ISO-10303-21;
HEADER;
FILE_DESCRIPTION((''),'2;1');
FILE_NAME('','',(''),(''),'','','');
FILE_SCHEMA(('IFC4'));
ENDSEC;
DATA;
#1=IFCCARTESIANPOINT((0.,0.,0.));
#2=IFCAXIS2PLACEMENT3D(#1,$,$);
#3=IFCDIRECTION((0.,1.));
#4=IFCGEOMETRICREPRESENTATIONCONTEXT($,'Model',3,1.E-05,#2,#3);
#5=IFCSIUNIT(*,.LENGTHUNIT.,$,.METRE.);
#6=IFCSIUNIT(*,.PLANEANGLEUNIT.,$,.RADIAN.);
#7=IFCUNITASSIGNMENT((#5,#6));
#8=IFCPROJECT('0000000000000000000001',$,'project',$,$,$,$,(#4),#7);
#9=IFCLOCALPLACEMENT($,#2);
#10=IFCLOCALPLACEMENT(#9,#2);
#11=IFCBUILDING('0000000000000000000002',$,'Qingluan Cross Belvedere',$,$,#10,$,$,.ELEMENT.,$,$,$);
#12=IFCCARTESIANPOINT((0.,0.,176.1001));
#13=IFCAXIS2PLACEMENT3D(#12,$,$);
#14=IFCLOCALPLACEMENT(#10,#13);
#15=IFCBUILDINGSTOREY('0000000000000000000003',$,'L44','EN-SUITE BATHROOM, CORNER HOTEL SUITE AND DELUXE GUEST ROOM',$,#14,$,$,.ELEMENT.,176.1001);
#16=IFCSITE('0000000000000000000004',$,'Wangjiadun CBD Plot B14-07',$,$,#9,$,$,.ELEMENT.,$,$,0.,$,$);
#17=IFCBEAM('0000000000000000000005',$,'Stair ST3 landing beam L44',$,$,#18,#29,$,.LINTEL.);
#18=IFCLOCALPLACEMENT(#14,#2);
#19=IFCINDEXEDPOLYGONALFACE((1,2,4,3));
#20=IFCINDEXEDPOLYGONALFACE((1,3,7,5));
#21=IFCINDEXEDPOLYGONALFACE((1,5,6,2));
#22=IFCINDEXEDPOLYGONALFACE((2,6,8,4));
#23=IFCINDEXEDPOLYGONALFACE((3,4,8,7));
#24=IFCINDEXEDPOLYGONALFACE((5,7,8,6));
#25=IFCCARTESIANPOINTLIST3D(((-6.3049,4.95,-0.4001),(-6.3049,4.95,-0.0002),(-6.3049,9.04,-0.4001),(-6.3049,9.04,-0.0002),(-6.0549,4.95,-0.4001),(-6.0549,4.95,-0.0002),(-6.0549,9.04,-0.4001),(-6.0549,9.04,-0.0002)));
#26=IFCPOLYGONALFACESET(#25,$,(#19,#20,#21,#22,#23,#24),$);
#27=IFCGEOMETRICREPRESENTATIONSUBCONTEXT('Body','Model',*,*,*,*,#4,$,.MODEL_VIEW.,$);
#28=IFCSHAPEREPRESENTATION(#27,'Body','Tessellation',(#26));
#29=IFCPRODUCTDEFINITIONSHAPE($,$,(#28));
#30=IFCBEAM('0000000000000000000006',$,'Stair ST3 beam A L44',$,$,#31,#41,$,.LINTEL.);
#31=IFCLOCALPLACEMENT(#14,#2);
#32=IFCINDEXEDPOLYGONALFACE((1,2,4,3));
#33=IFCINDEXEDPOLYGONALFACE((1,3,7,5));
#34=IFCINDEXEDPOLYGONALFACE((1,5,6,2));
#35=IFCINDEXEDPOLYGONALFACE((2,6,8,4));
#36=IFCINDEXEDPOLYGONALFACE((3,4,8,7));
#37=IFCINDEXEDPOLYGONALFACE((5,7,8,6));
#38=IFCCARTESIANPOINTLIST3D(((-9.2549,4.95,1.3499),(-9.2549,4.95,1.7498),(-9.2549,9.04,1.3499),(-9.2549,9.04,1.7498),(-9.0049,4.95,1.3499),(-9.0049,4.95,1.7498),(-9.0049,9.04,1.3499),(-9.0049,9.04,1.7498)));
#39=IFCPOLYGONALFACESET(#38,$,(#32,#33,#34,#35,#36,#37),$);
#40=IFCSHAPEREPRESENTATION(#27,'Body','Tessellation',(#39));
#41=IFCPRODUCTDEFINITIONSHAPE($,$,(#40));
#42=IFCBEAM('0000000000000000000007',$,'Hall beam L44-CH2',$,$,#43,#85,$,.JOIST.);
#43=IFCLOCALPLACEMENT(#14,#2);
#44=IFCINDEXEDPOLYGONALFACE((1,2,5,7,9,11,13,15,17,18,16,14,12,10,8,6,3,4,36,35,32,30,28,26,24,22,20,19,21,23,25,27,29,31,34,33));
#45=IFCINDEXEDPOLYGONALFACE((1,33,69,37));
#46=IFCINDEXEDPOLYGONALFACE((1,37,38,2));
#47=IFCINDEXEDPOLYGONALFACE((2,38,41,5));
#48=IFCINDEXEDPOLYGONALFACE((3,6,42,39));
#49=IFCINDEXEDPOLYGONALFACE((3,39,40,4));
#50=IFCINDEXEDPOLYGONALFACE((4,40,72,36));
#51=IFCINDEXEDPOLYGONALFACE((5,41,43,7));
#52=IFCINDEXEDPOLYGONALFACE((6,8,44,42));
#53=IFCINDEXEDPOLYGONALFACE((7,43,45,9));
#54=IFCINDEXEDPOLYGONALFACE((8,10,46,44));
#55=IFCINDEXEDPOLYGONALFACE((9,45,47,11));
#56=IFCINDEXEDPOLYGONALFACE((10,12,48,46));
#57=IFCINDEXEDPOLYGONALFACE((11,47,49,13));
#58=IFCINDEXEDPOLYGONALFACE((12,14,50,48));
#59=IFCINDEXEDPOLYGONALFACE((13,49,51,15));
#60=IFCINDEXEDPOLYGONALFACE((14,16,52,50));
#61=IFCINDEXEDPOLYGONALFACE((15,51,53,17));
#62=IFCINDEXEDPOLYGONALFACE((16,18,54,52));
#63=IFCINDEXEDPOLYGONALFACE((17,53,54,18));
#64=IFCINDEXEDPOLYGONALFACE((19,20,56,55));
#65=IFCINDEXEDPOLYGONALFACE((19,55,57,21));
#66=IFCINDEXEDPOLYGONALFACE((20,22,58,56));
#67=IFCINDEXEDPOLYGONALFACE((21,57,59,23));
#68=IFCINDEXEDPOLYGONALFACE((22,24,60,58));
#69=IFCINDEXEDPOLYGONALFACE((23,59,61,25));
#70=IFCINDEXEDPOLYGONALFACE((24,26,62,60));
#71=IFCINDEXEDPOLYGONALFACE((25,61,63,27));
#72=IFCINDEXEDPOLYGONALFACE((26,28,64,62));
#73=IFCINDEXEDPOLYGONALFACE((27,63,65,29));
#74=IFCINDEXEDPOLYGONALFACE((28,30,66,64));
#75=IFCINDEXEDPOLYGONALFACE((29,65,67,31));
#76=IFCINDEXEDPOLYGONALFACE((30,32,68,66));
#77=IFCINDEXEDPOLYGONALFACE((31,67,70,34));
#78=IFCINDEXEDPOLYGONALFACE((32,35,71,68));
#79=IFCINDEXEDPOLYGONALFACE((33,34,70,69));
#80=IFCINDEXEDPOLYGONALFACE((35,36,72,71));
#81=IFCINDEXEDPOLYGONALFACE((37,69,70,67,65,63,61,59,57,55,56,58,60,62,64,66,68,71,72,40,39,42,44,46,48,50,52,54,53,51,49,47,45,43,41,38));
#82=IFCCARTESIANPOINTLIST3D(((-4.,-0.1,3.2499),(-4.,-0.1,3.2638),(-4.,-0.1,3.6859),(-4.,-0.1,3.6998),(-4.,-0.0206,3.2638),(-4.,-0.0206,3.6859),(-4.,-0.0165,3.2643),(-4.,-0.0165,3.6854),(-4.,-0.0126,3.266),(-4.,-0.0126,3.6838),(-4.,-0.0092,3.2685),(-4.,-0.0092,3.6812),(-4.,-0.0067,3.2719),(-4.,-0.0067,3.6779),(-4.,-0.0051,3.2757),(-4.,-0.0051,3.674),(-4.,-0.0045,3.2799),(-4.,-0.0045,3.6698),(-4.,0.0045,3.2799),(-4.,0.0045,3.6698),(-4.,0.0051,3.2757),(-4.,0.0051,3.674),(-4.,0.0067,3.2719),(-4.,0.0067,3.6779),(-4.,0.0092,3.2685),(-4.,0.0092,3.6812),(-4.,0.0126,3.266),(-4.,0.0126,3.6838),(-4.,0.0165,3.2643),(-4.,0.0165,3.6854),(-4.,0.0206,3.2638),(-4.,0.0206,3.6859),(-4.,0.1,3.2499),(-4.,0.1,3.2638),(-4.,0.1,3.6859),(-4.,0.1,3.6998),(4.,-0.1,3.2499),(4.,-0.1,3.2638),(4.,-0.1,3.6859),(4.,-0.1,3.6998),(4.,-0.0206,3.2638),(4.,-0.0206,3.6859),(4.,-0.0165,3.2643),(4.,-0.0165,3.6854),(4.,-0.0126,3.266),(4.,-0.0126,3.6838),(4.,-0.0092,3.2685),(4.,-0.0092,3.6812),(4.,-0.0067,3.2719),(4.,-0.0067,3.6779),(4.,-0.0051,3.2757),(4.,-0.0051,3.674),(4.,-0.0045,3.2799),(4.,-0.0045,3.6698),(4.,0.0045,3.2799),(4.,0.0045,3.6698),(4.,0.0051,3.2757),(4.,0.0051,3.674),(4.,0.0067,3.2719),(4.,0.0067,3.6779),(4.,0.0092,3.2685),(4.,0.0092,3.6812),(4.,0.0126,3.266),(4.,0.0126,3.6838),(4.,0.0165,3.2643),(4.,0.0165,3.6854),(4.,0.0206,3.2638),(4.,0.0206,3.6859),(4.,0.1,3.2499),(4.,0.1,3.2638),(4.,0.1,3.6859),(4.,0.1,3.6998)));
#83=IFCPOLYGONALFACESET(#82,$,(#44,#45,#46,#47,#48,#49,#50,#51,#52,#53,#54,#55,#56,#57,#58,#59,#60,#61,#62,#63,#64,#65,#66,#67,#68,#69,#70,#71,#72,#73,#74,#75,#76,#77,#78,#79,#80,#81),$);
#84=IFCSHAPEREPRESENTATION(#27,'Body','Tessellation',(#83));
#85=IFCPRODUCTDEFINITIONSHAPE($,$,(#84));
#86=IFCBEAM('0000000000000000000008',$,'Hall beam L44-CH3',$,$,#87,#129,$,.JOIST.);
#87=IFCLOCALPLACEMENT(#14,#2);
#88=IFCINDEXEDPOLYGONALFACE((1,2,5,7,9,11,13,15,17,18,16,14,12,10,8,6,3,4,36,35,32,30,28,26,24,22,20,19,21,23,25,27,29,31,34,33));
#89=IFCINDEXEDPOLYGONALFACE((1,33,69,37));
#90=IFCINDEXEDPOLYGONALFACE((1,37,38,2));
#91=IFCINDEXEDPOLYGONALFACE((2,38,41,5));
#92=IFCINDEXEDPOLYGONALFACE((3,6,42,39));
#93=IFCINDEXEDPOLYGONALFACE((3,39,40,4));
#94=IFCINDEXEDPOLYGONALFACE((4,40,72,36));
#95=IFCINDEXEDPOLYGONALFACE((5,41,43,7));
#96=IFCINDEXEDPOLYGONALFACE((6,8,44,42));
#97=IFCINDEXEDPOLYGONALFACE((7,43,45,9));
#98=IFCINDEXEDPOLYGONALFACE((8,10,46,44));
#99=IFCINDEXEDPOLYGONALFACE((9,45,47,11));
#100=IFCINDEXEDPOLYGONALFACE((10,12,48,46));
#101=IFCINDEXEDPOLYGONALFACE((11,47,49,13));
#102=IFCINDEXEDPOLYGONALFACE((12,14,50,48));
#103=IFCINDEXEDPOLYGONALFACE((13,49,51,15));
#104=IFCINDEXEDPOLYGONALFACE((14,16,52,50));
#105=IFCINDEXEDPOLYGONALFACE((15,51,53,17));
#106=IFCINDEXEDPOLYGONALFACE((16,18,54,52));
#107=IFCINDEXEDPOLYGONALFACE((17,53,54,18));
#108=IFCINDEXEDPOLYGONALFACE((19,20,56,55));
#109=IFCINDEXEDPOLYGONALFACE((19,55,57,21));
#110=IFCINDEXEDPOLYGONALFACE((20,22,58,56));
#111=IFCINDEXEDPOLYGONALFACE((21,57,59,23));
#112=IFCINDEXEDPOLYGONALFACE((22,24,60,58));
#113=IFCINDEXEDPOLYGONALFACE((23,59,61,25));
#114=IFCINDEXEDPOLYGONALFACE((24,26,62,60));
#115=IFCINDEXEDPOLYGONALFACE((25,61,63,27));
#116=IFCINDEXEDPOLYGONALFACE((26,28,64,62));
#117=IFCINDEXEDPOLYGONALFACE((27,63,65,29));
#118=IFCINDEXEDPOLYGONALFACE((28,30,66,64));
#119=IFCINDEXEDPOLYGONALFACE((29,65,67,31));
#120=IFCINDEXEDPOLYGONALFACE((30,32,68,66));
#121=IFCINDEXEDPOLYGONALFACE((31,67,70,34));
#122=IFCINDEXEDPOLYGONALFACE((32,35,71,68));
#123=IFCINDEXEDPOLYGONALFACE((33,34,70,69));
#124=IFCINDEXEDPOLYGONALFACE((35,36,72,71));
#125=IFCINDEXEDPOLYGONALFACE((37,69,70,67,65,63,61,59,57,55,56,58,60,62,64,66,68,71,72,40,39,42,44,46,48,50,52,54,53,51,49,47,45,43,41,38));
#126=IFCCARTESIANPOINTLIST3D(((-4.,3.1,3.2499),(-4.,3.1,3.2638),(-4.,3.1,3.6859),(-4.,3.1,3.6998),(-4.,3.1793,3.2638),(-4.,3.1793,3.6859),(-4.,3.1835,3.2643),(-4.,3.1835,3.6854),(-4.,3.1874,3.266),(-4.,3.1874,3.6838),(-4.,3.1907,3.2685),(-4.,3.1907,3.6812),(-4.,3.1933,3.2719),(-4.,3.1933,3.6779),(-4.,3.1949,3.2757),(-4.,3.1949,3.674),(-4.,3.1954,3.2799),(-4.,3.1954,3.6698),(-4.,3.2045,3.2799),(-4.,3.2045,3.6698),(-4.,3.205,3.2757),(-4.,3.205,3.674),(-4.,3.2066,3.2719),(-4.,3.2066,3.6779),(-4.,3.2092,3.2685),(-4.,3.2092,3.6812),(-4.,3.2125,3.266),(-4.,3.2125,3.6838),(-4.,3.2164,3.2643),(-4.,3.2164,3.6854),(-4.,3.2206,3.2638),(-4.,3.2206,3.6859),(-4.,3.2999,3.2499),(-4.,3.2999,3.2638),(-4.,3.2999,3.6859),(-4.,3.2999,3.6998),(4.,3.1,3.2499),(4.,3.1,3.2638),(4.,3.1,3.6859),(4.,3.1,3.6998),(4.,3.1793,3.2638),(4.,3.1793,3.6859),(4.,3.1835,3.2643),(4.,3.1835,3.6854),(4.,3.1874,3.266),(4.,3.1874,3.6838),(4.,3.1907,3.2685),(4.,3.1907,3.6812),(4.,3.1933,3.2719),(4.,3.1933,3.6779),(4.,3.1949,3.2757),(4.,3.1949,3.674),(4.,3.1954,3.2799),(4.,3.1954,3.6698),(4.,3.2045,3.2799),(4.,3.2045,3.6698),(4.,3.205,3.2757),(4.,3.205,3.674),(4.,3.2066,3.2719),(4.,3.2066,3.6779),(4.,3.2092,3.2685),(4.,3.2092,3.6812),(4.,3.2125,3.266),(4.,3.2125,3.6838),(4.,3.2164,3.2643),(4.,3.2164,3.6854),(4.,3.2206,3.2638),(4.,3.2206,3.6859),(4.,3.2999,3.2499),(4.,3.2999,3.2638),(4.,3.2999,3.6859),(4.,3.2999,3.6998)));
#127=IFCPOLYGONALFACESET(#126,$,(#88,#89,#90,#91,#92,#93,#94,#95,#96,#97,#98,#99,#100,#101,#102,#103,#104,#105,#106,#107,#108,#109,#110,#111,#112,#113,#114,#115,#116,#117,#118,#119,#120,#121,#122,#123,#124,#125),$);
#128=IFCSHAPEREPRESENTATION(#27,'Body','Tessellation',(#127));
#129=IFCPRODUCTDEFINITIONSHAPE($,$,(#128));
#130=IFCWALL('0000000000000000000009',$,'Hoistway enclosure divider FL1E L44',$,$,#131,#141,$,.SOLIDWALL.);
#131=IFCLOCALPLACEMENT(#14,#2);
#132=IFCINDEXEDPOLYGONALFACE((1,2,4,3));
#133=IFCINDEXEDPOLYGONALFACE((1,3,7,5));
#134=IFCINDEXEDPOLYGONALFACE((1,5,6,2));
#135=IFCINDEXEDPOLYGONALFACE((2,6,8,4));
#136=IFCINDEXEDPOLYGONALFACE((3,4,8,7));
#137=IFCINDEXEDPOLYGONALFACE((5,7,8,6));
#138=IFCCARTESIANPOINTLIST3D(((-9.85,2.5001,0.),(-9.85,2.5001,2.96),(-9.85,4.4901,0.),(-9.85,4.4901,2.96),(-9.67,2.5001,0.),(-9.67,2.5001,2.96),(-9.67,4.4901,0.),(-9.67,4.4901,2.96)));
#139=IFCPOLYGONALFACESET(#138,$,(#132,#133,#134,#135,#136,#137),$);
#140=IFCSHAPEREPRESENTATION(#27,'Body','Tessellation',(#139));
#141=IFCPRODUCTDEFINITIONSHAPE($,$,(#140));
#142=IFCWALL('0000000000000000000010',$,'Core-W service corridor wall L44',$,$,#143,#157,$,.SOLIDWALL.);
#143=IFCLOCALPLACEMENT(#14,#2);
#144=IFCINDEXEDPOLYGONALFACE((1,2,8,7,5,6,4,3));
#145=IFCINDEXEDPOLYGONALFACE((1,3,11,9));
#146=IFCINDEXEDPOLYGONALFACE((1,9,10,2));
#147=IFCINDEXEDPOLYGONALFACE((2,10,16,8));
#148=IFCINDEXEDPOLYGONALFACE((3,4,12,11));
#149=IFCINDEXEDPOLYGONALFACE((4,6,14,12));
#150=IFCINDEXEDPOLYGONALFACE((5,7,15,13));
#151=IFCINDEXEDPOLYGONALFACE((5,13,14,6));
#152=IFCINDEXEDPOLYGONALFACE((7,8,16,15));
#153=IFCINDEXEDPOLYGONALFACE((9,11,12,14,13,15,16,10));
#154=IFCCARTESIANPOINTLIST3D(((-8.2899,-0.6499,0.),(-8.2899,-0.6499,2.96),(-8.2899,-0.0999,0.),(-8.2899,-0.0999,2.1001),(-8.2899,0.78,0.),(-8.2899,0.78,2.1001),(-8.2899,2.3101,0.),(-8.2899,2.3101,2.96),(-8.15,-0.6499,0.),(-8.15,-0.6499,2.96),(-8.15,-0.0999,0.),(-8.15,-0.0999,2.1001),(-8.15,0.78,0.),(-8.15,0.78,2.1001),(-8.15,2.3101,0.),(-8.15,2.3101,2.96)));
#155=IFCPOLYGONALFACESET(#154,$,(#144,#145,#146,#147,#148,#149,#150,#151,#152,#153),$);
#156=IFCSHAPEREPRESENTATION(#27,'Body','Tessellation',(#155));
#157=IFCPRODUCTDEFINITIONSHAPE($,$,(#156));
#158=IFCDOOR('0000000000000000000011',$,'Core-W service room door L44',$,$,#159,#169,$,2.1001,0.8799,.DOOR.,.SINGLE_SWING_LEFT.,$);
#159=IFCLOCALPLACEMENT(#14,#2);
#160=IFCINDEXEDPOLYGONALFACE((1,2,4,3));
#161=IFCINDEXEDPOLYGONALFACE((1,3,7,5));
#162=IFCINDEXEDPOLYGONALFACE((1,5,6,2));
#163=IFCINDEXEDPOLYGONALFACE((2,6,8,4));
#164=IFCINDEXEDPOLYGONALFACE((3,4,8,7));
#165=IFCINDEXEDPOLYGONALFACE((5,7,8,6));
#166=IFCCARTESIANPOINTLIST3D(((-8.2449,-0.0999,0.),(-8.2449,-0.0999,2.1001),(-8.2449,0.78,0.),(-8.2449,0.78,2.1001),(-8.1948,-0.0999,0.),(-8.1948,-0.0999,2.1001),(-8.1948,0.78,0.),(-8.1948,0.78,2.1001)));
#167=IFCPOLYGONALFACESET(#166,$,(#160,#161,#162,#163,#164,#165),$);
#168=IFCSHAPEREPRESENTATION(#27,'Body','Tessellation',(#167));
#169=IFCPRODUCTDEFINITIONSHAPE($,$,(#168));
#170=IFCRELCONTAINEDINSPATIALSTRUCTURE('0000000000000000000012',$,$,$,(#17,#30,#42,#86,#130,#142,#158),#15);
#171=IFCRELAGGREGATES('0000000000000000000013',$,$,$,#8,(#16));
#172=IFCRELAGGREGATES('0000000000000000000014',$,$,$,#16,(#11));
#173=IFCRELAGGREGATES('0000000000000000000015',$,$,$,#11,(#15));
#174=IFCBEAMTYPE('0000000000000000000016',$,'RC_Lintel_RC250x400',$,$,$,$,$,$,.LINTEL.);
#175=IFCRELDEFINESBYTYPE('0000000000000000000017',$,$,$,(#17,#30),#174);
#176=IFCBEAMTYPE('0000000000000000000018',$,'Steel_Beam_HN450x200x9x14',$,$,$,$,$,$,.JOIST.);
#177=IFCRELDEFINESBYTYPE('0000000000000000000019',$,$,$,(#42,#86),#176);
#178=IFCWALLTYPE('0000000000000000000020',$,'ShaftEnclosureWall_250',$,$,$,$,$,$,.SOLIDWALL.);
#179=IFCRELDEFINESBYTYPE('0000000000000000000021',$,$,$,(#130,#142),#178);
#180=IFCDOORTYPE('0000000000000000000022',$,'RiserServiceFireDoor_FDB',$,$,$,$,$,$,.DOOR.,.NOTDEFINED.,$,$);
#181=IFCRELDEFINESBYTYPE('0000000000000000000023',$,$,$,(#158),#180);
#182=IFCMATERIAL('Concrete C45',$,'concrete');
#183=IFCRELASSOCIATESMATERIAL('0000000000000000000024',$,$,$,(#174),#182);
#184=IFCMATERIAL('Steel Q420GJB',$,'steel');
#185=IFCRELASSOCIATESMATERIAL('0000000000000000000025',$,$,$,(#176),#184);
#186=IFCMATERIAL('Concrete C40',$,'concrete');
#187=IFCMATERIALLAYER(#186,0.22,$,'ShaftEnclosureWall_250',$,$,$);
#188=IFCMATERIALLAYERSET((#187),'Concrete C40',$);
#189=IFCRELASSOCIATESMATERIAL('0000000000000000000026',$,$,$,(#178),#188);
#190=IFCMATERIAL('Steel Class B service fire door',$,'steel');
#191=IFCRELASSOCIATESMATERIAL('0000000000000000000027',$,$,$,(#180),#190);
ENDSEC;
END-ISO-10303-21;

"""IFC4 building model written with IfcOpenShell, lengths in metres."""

from ifc_helpers import new_model, si_unit, direction, frame, frame_2d, origin, origin_2d, place, context, subcontext, project, spatial, rectangle, i_section, extrude, material, layer, layer_set, material_profile, profile_set, type_object, element, fill, save


model = new_model("IFC4")

# Units and contexts
model_context = context("Model", 3, precision=1e-05, world=origin(), true_north=direction((0.0, 1.0)))
body_context = subcontext(model_context, "Body", "Model", "MODEL_VIEW")
ifc_project = project(units=[si_unit("LENGTHUNIT", "METRE"), si_unit("PLANEANGLEUNIT", "RADIAN")], contexts=[model_context])

# Site, building, storey
site_placement = place(None, origin())
site = spatial("IfcSite", under=ifc_project, at=site_placement, Name="Wangjiadun CBD Plot B14-07", CompositionType="ELEMENT", RefElevation=0.0)
building_placement = place(site_placement, origin())
building = spatial("IfcBuilding", under=site, at=building_placement, Name="Qingluan Cross Belvedere", CompositionType="ELEMENT")
storey_placement = place(building_placement, frame((0.0, 0.0, 176.1001)))
storey = spatial("IfcBuildingStorey", under=building, at=storey_placement, Name="L44", Description="EN-SUITE BATHROOM, CORNER HOTEL SUITE AND DELUXE GUEST ROOM", CompositionType="ELEMENT", Elevation=176.1001)

# Beams
ifc_material_1 = material(Name="Concrete C45", Category="concrete")
ifc_material_profile_1 = material_profile(ifc_material_1, rectangle(XDim=0.25, YDim=0.3999, at=origin_2d()), Name="RC250x400")
ifc_profile_set_1 = profile_set([ifc_material_profile_1], Name="Concrete C45")
beam_type_1 = type_object("IfcBeamType", Name="RC_Lintel_RC250x400", PredefinedType="LINTEL", material=ifc_profile_set_1)
for number, where, z_axis, x_axis, name in (
    (1, (-6.1799, 4.95, -0.2002), (0.0, 1.0, 0.0), (-1.0, 0.0, 0.0), "Stair ST3 landing beam L44"),
    (2, (-9.1299, 4.95, 1.5498), (0.0, 1.0, 0.0), (-1.0, 0.0, 0.0), "Stair ST3 beam A L44"),
):
    element("IfcBeam", number, at=place(storey_placement, frame(where, z_axis=z_axis, x_axis=x_axis)), inside=storey, type_object=beam_type_1, Name=name, PredefinedType="LINTEL", context=body_context, shape_type="SweptSolid", body=[
        extrude(rectangle(XDim=0.25, YDim=0.3999, at=origin_2d()), origin(), (0.0, 0.0, 1.0), 4.0901),
    ])
ifc_material_2 = material(Name="Steel Q420GJB", Category="steel")
ifc_material_profile_2 = material_profile(ifc_material_2, i_section(OverallWidth=0.2, OverallDepth=0.45, WebThickness=0.009, FlangeThickness=0.0139, FilletRadius=0.0161, at=origin_2d()), Name="HN450x200x9x14")
ifc_profile_set_2 = profile_set([ifc_material_profile_2], Name="Steel Q420GJB")
beam_type_2 = type_object("IfcBeamType", Name="Steel_Beam_HN450x200x9x14", PredefinedType="JOIST", material=ifc_profile_set_2)
for number, where, z_axis, x_axis, name in (
    (3, (-4.0, 0.0, 3.4749), (1.0, 0.0, 0.0), (0.0, 1.0, 0.0), "Hall beam L44-CH2"),
    (4, (-4.0, 3.2, 3.4749), (1.0, 0.0, 0.0), (0.0, 1.0, 0.0), "Hall beam L44-CH3"),
):
    element("IfcBeam", number, at=place(storey_placement, frame(where, z_axis=z_axis, x_axis=x_axis)), inside=storey, type_object=beam_type_2, Name=name, PredefinedType="JOIST", context=body_context, shape_type="SweptSolid", body=[
        extrude(i_section(OverallWidth=0.2, OverallDepth=0.45, WebThickness=0.009, FlangeThickness=0.0139, FilletRadius=0.0161, at=origin_2d()), origin(), (0.0, 0.0, 1.0), 8.0),
    ])

# Wall
ifc_material_3 = material(Name="Concrete C40", Category="concrete")
ifc_layer_1 = layer(ifc_material_3, 0.22, Name="ShaftEnclosureWall_250")
ifc_layer_set_1 = layer_set([ifc_layer_1], Name="Concrete C40")
wall_type_1 = type_object("IfcWallType", Name="ShaftEnclosureWall_250", PredefinedType="SOLIDWALL", material=ifc_layer_set_1)
wall_1_placement = place(storey_placement, frame((-9.76, 2.5, 0.0), z_axis=(0.0, 0.0, 1.0), x_axis=(0.0, 1.0, 0.0)))
element("IfcWall", 5, at=wall_1_placement, inside=storey, type_object=wall_type_1, Name="Hoistway enclosure divider FL1E L44", PredefinedType="SOLIDWALL", context=body_context, shape_type="SweptSolid", body=[
    extrude(rectangle(XDim=1.99, YDim=0.1799, at=frame_2d((0.9951, 0.0))), origin(), (0.0, 0.0, 1.0), 2.96),
])

# Wall, opening, door
wall_2_placement = place(storey_placement, frame((-8.22, -0.6499, 0.0), z_axis=(0.0, 0.0, 1.0), x_axis=(0.0, 1.0, 0.0)))
wall_2 = element("IfcWall", 6, at=wall_2_placement, inside=storey, type_object=wall_type_1, Name="Core-W service corridor wall L44", PredefinedType="SOLIDWALL", context=body_context, shape_type="SweptSolid", body=[
    extrude(rectangle(XDim=2.96, YDim=0.1399, at=frame_2d((1.48, 0.0))), origin(), (0.0, 0.0, 1.0), 2.96),
])
opening_1_placement = place(wall_2_placement, frame((0.55, 0.0, 0.0)))
opening_1 = element("IfcOpeningElement", 7, at=opening_1_placement, cuts=wall_2, PredefinedType="OPENING", context=body_context, shape_type="SweptSolid", body=[
    extrude(rectangle(XDim=0.8799, YDim=2.1001, at=frame_2d((0.4399, 1.05))), frame((0.0, 0.0798, 0.0), z_axis=(0.0, -1.0, 0.0), x_axis=(1.0, 0.0, 0.0)), (0.0, 0.0, 1.0), 0.1599),
])
ifc_material_4 = material(Name="Steel Class B service fire door", Category="steel")
door_type_1 = type_object("IfcDoorType", Name="RiserServiceFireDoor_FDB", OperationType="NOTDEFINED", PredefinedType="DOOR", material=ifc_material_4)
door_1_placement = place(opening_1_placement, origin())
door_1 = element("IfcDoor", 8, at=door_1_placement, inside=storey, type_object=door_type_1, Name="Core-W service room door L44", OperationType="SINGLE_SWING_LEFT", OverallHeight=2.1001, OverallWidth=0.8799, PredefinedType="DOOR", context=body_context, shape_type="SweptSolid", body=[
    extrude(rectangle(XDim=0.8799, YDim=2.1001, at=frame_2d((0.4399, 1.05))), frame((0.0, 0.0249, 0.0), z_axis=(0.0, -1.0, 0.0), x_axis=(1.0, 0.0, 0.0)), (0.0, 0.0, 1.0), 0.05),
])
fill(opening_1, door_1)

save(model, "model.ifc")
